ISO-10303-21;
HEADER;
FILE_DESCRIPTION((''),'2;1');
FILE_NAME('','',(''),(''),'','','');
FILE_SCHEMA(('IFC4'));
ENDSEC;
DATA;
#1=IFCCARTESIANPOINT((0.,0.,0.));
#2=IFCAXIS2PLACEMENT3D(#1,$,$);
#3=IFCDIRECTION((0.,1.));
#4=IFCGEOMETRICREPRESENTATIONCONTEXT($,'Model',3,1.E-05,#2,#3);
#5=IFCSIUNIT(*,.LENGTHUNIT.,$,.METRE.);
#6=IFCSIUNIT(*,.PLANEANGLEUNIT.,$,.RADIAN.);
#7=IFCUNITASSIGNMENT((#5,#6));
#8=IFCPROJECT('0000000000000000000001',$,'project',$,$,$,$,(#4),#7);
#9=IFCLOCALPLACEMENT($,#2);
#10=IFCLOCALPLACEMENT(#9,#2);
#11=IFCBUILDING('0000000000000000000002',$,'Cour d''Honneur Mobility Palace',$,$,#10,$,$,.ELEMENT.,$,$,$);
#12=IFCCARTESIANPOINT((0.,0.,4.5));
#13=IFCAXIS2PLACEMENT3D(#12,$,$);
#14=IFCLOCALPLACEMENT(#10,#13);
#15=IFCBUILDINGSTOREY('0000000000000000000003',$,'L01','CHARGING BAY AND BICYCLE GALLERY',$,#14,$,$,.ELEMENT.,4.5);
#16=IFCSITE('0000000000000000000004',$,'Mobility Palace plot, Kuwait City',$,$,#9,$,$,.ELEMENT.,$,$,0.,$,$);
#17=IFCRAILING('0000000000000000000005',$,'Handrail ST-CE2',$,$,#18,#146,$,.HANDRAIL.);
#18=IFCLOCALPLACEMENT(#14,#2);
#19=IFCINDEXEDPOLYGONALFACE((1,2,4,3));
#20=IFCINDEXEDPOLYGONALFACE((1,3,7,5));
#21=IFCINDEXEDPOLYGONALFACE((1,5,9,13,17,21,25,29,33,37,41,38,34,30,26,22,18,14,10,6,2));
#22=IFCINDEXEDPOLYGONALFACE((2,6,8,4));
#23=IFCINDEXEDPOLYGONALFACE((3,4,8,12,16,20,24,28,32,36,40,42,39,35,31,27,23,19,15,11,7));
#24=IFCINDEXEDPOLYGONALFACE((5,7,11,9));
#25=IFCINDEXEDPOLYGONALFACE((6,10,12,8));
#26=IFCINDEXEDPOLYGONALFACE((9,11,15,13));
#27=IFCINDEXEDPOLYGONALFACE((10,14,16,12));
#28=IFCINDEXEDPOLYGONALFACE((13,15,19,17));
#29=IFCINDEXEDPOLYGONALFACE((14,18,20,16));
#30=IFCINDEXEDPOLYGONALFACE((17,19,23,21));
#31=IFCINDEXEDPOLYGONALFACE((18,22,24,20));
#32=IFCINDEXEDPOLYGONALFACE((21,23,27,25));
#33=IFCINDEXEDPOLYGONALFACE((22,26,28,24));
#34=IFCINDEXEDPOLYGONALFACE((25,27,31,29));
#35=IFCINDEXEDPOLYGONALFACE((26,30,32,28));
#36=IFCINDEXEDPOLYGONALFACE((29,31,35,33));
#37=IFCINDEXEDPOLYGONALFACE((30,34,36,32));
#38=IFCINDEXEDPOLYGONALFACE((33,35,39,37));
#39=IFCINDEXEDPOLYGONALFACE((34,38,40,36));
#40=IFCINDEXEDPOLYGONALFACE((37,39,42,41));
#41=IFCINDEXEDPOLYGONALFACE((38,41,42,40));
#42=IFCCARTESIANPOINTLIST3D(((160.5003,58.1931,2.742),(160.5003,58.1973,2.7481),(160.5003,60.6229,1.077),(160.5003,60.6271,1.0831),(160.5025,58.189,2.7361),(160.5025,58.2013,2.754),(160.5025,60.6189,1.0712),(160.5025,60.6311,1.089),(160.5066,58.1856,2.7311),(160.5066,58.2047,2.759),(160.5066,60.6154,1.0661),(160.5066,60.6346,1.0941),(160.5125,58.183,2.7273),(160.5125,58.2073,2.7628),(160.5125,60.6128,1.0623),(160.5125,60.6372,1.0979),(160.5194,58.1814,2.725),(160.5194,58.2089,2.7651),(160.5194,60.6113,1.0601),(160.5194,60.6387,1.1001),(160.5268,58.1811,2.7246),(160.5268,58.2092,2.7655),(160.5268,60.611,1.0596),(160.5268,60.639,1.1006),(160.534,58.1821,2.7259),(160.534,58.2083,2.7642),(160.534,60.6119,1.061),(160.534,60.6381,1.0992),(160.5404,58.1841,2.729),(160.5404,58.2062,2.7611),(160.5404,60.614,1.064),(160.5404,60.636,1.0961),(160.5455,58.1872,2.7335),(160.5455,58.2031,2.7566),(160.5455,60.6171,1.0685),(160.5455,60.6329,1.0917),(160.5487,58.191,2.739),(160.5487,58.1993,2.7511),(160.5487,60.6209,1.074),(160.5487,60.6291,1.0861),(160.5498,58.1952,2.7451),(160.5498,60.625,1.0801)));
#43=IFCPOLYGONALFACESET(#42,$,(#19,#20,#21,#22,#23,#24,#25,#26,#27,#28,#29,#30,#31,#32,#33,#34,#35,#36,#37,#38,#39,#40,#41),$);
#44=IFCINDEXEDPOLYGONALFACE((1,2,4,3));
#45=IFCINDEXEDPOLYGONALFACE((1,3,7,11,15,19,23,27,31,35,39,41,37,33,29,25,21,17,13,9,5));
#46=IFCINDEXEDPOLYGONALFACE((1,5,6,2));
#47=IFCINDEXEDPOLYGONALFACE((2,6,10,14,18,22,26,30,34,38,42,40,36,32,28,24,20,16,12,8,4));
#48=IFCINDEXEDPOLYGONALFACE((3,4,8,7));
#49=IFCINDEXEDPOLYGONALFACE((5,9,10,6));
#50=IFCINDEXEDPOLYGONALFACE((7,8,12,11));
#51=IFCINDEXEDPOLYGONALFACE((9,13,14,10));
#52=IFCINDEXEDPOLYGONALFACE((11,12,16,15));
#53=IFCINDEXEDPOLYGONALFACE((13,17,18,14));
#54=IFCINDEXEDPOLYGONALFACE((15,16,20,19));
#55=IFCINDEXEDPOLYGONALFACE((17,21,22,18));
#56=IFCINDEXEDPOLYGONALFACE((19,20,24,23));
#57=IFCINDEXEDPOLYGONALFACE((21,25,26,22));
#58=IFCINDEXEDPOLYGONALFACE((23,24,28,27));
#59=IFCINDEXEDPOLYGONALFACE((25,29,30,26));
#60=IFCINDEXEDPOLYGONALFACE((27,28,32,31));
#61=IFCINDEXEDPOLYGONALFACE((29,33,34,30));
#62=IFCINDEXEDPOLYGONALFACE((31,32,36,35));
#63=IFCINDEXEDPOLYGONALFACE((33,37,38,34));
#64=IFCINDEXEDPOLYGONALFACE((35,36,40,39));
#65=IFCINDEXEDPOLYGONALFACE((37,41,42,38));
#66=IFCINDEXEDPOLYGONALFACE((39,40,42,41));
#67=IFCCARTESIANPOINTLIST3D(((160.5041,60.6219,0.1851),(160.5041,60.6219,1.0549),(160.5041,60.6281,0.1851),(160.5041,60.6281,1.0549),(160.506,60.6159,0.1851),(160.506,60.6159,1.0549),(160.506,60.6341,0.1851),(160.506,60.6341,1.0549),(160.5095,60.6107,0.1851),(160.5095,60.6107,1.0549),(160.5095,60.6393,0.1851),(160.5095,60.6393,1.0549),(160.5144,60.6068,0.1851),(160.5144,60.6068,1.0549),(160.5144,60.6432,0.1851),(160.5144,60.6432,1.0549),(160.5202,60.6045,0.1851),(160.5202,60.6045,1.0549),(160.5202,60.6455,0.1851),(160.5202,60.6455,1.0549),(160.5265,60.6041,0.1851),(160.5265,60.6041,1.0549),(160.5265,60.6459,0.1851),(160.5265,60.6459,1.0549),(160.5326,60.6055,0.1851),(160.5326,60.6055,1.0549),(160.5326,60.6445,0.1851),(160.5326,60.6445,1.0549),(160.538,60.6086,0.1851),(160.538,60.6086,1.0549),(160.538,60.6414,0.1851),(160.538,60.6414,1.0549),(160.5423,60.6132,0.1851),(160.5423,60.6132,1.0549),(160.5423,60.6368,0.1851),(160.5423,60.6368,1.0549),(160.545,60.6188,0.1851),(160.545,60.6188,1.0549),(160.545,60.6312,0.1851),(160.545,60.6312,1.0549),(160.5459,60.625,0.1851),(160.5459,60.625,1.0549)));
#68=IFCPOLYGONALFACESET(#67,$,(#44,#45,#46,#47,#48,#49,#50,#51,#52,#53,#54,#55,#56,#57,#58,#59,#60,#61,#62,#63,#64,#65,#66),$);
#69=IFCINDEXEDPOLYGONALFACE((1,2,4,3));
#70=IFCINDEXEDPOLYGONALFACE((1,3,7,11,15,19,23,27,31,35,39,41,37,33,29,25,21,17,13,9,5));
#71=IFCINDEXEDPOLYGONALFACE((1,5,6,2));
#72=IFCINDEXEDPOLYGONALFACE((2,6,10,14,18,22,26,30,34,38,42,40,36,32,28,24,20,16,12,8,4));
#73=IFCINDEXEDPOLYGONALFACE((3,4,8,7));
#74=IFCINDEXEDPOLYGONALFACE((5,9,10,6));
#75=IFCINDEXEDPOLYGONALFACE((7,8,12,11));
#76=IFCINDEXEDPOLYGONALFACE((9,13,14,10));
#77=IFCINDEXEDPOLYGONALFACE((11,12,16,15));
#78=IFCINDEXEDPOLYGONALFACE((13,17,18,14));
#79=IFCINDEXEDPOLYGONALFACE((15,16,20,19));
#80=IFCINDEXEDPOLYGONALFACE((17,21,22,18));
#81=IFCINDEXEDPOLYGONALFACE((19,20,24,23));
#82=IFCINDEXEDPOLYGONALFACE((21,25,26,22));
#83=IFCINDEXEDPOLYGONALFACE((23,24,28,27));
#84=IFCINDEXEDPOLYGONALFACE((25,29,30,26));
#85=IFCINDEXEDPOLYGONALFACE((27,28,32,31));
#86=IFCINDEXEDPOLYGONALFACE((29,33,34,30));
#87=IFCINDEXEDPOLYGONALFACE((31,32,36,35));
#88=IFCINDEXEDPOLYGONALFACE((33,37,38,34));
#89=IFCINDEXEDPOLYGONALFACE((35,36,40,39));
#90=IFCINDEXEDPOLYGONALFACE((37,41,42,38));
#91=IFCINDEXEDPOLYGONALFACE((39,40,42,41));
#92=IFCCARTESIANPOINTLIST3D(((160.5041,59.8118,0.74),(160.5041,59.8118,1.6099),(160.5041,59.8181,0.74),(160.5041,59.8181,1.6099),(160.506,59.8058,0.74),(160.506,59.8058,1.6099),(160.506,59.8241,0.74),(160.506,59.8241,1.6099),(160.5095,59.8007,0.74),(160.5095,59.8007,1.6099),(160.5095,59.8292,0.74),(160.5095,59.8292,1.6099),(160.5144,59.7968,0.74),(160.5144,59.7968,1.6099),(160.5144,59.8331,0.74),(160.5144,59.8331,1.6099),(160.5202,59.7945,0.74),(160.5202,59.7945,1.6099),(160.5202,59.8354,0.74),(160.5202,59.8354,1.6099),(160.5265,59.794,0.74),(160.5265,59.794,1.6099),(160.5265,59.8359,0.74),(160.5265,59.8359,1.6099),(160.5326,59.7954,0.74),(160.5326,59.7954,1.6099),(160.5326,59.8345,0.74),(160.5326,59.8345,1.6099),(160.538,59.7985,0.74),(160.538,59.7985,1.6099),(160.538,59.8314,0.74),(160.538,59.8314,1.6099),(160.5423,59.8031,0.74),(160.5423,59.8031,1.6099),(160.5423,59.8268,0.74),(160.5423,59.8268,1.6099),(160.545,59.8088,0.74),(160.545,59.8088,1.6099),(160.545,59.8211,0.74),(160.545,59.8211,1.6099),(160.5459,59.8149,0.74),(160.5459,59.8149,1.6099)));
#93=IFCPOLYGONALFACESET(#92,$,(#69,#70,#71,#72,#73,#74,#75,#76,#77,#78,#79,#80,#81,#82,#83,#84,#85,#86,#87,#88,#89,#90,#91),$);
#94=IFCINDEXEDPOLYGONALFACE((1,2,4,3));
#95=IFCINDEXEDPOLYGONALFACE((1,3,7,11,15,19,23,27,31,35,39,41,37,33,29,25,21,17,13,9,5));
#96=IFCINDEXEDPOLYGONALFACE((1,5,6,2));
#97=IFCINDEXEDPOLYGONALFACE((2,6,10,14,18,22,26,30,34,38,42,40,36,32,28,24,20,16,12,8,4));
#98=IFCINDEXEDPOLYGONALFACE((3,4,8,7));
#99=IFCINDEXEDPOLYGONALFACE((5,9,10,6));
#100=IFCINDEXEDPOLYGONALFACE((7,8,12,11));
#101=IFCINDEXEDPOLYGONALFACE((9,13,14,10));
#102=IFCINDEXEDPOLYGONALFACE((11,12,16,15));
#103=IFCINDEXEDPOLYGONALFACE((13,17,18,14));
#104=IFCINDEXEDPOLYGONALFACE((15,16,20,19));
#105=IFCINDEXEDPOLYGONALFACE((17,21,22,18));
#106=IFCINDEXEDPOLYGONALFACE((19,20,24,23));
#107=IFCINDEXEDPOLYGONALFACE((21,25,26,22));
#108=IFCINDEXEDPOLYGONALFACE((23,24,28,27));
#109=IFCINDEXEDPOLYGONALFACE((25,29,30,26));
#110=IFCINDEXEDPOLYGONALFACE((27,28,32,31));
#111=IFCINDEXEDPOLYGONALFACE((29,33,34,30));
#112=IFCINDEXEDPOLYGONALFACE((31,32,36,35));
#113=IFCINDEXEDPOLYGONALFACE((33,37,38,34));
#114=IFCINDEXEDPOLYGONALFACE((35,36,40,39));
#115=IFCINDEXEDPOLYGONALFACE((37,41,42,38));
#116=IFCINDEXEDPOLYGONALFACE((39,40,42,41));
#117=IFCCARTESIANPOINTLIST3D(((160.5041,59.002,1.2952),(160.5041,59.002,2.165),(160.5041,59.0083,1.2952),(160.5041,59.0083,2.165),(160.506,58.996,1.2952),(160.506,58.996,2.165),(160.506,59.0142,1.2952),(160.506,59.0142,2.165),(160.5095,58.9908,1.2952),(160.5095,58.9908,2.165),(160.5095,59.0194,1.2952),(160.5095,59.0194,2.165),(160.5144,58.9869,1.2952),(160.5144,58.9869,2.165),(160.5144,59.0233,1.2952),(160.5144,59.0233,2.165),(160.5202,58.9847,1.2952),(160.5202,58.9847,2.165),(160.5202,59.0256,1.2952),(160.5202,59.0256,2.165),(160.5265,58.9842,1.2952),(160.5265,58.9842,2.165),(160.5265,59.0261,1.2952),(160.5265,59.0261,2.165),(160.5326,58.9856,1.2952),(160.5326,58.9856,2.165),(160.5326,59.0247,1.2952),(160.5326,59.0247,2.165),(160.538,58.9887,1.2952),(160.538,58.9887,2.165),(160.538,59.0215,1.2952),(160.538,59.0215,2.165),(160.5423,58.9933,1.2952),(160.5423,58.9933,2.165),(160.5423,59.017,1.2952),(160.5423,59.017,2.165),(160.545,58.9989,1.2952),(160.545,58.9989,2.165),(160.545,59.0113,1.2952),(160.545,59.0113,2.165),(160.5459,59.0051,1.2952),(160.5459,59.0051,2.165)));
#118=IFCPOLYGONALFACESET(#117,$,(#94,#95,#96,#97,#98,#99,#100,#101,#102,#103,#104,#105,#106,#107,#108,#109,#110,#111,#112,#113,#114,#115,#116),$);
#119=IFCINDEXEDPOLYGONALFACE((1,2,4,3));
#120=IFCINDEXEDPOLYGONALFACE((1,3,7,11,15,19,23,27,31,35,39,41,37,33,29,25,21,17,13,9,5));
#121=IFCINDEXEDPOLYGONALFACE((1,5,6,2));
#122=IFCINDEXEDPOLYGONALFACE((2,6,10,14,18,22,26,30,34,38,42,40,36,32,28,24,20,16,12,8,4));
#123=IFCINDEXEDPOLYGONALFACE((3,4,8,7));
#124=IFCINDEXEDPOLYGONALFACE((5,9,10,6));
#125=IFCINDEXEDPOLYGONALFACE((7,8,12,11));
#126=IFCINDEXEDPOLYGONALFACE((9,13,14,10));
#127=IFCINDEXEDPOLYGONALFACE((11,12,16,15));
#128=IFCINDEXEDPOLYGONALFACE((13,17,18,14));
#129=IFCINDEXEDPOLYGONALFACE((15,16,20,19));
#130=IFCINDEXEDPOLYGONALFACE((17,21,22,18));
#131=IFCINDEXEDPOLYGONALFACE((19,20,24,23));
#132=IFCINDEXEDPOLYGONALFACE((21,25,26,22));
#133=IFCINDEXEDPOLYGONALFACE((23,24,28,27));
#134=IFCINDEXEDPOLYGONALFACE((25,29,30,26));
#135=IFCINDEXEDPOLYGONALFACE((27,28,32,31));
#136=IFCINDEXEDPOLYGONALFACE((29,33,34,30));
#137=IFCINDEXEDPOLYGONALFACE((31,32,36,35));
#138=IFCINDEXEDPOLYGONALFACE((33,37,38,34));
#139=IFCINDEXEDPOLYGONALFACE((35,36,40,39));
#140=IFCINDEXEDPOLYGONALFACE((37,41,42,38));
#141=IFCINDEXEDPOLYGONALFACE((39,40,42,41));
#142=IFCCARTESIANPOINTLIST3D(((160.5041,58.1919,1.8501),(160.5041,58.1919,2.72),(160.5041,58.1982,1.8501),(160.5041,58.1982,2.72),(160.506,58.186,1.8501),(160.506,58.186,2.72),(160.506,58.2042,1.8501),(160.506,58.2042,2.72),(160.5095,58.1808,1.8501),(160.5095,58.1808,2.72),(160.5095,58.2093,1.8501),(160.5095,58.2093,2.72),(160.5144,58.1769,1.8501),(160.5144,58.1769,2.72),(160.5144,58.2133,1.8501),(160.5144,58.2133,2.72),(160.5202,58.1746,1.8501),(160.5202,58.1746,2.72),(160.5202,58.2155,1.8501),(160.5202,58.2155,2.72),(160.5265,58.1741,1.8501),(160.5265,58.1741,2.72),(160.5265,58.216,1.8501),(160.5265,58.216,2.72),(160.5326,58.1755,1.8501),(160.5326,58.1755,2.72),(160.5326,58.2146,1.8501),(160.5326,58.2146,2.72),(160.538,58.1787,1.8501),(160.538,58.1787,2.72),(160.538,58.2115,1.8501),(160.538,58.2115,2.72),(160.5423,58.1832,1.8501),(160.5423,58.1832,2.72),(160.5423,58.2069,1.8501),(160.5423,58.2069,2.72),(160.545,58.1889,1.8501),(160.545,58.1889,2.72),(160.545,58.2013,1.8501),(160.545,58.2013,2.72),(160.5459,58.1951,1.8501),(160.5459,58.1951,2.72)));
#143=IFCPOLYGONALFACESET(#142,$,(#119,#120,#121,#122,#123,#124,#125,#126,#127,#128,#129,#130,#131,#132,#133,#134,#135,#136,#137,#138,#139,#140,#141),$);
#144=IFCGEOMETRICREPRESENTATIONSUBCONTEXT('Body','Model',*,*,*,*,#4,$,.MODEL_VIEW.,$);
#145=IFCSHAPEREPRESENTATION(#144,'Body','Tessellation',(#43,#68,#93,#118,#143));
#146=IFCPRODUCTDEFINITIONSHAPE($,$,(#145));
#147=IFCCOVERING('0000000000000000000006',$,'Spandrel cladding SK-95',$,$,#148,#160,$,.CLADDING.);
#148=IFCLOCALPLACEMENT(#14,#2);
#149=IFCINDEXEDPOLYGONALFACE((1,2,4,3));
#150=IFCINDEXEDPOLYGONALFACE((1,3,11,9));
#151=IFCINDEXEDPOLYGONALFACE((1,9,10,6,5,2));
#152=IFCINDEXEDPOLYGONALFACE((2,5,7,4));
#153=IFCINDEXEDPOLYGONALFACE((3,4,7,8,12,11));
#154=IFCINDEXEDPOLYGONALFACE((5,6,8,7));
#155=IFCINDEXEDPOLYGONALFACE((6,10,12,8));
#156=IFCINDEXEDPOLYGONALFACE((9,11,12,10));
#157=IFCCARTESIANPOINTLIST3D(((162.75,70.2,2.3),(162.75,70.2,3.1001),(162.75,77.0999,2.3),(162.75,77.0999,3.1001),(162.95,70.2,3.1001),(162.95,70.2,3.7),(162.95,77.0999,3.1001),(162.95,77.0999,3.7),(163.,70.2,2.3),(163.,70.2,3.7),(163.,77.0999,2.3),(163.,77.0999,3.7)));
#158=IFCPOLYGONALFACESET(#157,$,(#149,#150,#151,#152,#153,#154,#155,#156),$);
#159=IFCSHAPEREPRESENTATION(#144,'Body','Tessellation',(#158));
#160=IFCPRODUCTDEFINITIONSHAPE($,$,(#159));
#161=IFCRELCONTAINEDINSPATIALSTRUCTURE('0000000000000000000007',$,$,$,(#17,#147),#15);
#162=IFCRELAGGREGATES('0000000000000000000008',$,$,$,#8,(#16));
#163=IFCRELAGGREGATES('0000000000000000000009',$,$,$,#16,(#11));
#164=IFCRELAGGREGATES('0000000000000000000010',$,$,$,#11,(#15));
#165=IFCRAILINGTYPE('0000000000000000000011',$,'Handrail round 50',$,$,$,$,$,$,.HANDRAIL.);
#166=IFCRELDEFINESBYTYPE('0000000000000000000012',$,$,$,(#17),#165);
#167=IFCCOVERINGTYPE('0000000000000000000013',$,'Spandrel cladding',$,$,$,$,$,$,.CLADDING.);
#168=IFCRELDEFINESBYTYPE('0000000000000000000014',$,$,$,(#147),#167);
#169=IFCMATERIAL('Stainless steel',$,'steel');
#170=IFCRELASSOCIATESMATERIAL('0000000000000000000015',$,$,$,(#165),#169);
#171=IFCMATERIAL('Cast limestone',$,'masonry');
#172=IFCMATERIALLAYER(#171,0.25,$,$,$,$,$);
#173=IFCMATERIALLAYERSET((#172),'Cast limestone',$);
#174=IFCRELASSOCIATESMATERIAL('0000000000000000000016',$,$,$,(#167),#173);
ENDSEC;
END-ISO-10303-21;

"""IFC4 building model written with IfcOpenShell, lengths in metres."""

from ifc_helpers import new_model, si_unit, direction, frame, origin, origin_2d, place, context, subcontext, project, spatial, polyline, circle, outline, extrude, material, layer, layer_set, type_object, element, save


model = new_model("IFC4")

# Units and contexts
model_context = context("Model", 3, precision=1e-05, world=origin(), true_north=direction((0.0, 1.0)))
body_context = subcontext(model_context, "Body", "Model", "MODEL_VIEW")
ifc_project = project(units=[si_unit("LENGTHUNIT", "METRE"), si_unit("PLANEANGLEUNIT", "RADIAN")], contexts=[model_context])

# Site, building, storey
site_placement = place(None, origin())
site = spatial("IfcSite", under=ifc_project, at=site_placement, Name="Mobility Palace plot, Kuwait City", CompositionType="ELEMENT", RefElevation=0.0)
building_placement = place(site_placement, origin())
building = spatial("IfcBuilding", under=site, at=building_placement, Name="Cour d'Honneur Mobility Palace", CompositionType="ELEMENT")
storey_placement = place(building_placement, frame((0.0, 0.0, 4.5)))
storey = spatial("IfcBuildingStorey", under=building, at=storey_placement, Name="L01", Description="CHARGING BAY AND BICYCLE GALLERY", CompositionType="ELEMENT", Elevation=4.5)

# Railing
ifc_material_1 = material(Name="Stainless steel", Category="steel")
railing_type_1 = type_object("IfcRailingType", Name="Handrail round 50", PredefinedType="HANDRAIL", material=ifc_material_1)
for number, where, name in (
    (1, (160.5249, 60.625, 0.1851), "Handrail ST-CE2"),
):
    element("IfcRailing", number, at=place(storey_placement, frame(where)), inside=storey, type_object=railing_type_1, Name=name, PredefinedType="HANDRAIL", context=body_context, shape_type="SweptSolid", body=[
        extrude(circle(Radius=0.0249, at=origin_2d()), frame((0.0, 0.0, 0.895), z_axis=(0.0, -0.824919, 0.565251), x_axis=(1.0, 0.0, 0.0)), (0.0, 0.0, 1.0), 2.9456),
        extrude(circle(Radius=0.021, at=origin_2d()), origin(), (0.0, 0.0, 1.0), 0.8699),
        extrude(circle(Radius=0.021, at=origin_2d()), frame((0.0, -0.8101, 0.5549)), (0.0, 0.0, 1.0), 0.8699),
        extrude(circle(Radius=0.021, at=origin_2d()), frame((0.0, -1.6199, 1.1101)), (0.0, 0.0, 1.0), 0.8699),
        extrude(circle(Radius=0.021, at=origin_2d()), frame((0.0, -2.4299, 1.665)), (0.0, 0.0, 1.0), 0.8699),
    ])

# Covering
ifc_material_2 = material(Name="Cast limestone", Category="masonry")
ifc_layer_1 = layer(ifc_material_2, 0.25)
ifc_layer_set_1 = layer_set([ifc_layer_1], Name="Cast limestone")
covering_type = type_object("IfcCoveringType", Name="Spandrel cladding", PredefinedType="CLADDING", material=ifc_layer_set_1)
covering_placement = place(storey_placement, frame((162.75, 70.2, 2.3), z_axis=(0.0, -1.0, 0.0), x_axis=(1.0, 0.0, 0.0)))
element("IfcCovering", 2, at=covering_placement, inside=storey, type_object=covering_type, Name="Spandrel cladding SK-95", PredefinedType="CLADDING", context=body_context, shape_type="SweptSolid", body=[
    extrude(outline(polyline([(0.0, 0.0), (0.25, 0.0), (0.25, 1.3999), (0.2, 1.3999), (0.2, 0.8), (0.0, 0.8), (0.0, 0.0)])), origin(), (0.0, 0.0, -1.0), 6.8999),
])

save(model, "model.ifc")
